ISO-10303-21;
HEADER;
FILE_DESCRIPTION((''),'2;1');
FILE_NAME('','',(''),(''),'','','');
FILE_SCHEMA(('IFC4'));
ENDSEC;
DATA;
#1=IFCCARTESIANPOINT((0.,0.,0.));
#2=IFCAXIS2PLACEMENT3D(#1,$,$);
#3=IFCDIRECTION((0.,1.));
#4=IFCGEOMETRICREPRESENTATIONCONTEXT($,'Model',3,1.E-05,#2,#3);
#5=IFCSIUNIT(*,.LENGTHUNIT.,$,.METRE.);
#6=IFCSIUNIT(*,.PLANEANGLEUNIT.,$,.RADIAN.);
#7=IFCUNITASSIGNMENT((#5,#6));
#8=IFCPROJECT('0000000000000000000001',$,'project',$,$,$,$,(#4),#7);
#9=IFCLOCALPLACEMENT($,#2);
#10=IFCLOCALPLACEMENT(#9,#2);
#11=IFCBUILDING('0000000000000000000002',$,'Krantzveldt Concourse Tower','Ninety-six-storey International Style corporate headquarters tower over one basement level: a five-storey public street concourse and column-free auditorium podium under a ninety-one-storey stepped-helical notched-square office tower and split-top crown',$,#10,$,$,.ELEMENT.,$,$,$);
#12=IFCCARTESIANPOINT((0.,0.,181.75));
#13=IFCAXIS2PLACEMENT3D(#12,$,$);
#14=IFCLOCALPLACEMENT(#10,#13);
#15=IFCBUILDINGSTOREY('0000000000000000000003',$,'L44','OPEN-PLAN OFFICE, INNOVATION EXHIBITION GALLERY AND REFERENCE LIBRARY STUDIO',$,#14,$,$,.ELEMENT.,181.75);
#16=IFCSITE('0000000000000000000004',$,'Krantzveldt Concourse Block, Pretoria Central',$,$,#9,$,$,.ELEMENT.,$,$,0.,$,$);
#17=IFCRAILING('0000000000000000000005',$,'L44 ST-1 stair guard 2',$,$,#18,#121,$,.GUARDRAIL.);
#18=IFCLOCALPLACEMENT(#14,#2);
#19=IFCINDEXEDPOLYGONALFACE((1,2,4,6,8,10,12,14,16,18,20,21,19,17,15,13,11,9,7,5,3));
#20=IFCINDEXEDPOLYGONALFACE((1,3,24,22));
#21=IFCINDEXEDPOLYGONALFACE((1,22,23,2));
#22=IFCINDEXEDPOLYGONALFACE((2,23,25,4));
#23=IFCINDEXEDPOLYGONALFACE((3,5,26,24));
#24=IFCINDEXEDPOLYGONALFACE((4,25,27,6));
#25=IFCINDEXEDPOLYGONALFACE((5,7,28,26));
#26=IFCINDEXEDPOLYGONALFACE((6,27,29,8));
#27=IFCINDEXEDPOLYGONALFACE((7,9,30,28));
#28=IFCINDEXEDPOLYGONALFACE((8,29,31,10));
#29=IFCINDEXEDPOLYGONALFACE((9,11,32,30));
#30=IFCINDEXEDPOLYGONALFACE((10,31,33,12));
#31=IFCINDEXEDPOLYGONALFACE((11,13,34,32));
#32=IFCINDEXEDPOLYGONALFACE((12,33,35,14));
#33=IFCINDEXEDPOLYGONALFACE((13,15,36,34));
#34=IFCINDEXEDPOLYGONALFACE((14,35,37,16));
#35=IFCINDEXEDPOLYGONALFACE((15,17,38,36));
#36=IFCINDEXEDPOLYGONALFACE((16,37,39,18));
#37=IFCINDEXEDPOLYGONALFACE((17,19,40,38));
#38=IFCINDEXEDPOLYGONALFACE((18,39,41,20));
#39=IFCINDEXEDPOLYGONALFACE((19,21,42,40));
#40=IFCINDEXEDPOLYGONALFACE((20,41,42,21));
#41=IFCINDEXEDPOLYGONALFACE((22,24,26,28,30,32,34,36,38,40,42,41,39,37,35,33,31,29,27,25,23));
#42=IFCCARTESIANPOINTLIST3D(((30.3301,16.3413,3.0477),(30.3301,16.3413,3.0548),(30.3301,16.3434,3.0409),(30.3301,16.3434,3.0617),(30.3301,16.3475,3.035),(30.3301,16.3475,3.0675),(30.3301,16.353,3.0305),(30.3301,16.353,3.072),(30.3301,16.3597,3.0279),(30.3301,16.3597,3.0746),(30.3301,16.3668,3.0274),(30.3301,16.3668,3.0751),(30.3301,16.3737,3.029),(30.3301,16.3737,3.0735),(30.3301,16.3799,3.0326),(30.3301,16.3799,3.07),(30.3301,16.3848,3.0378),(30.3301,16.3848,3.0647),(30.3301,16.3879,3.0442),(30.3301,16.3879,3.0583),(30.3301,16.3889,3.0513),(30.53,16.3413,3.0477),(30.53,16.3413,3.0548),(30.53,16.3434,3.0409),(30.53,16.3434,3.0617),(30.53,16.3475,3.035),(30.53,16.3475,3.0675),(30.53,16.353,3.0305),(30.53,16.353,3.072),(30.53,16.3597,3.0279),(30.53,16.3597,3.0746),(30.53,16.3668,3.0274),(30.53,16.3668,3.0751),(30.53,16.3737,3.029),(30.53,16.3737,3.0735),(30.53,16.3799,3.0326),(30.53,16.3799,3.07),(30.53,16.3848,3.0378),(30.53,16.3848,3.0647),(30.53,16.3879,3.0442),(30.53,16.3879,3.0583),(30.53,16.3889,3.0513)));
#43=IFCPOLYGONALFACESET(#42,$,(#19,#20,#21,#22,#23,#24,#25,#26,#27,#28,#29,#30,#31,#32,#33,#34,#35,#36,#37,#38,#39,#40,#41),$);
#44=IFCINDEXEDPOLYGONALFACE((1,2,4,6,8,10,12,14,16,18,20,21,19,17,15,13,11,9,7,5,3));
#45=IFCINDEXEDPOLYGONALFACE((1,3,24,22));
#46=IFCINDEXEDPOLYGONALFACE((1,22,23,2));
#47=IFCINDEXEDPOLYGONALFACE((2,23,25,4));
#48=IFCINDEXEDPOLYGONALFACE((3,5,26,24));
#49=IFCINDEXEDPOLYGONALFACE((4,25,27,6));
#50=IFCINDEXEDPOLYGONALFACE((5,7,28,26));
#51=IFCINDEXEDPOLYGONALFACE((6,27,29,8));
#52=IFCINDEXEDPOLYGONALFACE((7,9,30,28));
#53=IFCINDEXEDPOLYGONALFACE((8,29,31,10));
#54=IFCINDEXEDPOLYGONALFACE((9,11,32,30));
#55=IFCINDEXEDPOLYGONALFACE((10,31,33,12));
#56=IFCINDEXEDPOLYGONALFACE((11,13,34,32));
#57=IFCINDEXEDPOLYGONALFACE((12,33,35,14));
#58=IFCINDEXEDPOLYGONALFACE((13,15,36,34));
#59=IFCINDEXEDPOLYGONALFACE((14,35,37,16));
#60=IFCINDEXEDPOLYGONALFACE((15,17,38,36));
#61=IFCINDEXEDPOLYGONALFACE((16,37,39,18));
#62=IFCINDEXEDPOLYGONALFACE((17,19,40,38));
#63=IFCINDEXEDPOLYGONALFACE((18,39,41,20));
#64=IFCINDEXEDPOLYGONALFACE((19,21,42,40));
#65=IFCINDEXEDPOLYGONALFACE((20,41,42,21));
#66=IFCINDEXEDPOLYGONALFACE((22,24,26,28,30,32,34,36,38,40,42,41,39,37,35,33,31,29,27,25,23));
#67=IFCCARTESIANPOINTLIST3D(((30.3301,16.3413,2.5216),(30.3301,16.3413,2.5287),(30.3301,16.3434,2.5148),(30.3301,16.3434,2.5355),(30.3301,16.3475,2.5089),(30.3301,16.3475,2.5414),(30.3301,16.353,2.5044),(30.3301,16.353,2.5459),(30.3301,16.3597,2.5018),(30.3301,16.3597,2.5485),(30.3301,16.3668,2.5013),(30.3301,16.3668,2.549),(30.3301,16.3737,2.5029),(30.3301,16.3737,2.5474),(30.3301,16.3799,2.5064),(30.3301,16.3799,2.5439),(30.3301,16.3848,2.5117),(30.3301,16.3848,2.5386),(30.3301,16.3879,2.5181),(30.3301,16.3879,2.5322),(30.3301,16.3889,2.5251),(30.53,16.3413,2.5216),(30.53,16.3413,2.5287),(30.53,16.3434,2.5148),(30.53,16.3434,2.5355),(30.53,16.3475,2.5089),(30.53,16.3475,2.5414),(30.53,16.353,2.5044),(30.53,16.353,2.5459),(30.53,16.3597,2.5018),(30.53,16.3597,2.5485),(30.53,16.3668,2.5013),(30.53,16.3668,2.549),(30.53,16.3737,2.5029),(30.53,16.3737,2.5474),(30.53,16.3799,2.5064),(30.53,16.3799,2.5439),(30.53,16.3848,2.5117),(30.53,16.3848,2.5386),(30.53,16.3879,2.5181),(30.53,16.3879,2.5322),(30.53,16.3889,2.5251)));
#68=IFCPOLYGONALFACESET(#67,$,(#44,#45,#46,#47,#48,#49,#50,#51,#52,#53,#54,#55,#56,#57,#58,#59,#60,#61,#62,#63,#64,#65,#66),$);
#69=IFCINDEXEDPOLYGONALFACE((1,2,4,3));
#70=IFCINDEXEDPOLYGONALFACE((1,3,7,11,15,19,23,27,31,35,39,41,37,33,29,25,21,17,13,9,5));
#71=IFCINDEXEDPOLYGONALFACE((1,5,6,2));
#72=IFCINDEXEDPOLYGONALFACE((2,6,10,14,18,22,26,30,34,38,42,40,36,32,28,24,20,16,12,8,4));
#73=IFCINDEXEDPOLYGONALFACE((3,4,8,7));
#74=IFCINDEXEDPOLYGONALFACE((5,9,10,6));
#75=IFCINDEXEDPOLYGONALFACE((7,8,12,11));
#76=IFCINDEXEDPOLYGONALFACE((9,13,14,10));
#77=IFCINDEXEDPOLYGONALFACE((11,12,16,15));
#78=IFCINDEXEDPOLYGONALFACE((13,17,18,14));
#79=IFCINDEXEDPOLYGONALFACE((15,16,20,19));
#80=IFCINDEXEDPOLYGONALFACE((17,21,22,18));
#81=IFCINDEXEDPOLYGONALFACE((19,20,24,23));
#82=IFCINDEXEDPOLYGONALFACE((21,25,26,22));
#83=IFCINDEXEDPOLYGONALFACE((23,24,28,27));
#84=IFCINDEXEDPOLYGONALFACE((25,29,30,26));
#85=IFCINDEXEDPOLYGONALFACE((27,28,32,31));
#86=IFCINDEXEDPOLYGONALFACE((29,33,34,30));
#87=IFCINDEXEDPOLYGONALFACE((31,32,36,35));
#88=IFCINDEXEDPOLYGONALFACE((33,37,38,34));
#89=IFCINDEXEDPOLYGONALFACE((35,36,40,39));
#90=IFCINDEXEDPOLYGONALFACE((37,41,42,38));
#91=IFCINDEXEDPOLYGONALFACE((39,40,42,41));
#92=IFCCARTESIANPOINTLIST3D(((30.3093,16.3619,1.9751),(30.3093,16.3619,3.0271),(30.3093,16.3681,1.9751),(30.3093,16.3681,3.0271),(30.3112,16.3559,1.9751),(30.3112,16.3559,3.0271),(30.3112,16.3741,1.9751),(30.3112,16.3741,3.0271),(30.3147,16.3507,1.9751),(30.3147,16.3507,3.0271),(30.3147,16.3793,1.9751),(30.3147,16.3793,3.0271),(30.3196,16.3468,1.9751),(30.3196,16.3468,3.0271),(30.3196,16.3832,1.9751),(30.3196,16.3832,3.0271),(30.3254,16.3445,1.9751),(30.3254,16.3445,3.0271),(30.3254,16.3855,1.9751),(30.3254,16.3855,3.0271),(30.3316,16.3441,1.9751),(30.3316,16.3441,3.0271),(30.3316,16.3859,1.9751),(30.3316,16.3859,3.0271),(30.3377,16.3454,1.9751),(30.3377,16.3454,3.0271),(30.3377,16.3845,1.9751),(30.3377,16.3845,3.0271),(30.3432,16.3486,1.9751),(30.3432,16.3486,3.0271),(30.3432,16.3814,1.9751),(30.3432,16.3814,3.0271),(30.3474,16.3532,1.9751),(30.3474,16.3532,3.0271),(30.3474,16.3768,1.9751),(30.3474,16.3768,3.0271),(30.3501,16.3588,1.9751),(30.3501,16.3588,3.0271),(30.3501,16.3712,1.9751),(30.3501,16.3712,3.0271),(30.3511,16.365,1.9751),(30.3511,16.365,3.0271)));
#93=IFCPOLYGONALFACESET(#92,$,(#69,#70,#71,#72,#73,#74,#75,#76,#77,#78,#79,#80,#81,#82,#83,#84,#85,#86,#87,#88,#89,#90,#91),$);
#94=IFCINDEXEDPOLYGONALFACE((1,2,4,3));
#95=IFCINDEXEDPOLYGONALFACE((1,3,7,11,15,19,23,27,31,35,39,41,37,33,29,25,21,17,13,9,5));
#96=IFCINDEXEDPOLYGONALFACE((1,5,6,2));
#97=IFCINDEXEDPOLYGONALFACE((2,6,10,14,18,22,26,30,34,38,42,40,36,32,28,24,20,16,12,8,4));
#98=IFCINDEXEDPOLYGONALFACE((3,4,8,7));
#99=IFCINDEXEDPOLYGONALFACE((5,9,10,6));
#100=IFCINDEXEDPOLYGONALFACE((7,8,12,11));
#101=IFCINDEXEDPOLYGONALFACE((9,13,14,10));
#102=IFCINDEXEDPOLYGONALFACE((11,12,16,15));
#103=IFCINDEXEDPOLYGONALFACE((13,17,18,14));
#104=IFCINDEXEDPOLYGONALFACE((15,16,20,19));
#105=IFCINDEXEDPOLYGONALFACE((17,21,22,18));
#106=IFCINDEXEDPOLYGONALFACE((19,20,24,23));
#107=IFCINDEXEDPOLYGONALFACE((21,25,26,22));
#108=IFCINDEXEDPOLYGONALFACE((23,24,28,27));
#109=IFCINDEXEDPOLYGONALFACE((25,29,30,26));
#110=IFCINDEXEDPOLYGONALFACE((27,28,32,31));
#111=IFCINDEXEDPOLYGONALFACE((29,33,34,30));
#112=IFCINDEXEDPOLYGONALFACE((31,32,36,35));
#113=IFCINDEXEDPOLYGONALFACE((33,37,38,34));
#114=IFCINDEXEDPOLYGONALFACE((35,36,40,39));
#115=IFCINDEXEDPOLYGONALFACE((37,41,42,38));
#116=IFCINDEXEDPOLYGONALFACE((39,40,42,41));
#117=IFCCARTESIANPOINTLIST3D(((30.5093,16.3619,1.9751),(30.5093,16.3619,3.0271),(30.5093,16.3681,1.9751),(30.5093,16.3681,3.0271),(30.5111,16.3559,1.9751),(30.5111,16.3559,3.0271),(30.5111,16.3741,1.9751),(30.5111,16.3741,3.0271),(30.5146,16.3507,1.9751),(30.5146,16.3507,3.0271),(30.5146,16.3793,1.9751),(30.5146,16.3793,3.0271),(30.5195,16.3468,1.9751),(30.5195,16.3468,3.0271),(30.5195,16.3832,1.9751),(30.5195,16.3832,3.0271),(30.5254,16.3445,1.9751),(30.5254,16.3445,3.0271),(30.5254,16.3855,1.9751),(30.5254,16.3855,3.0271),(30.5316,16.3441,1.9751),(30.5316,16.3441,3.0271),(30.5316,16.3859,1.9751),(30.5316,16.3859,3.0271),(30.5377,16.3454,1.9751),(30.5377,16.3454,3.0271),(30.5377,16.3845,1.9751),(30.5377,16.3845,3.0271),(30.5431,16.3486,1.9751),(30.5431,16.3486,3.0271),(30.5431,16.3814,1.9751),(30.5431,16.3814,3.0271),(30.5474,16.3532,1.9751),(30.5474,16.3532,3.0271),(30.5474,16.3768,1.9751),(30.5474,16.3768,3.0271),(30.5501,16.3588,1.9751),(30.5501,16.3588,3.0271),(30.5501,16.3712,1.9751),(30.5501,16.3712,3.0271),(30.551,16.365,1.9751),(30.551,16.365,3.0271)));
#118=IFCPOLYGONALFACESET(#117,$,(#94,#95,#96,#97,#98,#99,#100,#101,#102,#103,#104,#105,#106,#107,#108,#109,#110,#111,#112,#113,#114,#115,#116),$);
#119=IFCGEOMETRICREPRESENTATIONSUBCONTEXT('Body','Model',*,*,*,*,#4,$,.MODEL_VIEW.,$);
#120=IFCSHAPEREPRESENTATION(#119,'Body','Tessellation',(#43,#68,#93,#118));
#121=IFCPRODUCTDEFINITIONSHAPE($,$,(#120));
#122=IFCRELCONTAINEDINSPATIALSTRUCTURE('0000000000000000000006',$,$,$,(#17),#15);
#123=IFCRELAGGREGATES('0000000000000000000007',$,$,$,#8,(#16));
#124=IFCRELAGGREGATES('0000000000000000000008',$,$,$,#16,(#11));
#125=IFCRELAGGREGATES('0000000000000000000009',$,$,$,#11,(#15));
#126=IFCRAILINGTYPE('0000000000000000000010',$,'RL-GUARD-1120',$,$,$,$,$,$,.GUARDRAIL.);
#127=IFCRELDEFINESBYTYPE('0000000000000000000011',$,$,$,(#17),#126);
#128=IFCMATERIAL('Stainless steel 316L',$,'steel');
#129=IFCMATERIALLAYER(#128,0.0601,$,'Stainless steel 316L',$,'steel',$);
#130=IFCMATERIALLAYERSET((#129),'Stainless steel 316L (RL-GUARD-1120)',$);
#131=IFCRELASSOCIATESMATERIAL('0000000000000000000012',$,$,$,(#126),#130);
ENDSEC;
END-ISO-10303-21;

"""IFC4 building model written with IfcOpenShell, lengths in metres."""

from ifc_helpers import new_model, si_unit, direction, frame, origin, origin_2d, place, context, subcontext, project, spatial, circle, extrude, material, layer, layer_set, type_object, element, save


model = new_model("IFC4")

# Units and contexts
model_context = context("Model", 3, precision=1e-05, world=origin(), true_north=direction((0.0, 1.0)))
body_context = subcontext(model_context, "Body", "Model", "MODEL_VIEW")
ifc_project = project(units=[si_unit("LENGTHUNIT", "METRE"), si_unit("PLANEANGLEUNIT", "RADIAN")], contexts=[model_context])

# Site, building, storey
site_placement = place(None, origin())
site = spatial("IfcSite", under=ifc_project, at=site_placement, Name="Krantzveldt Concourse Block, Pretoria Central", CompositionType="ELEMENT", RefElevation=0.0)
building_placement = place(site_placement, origin())
building = spatial("IfcBuilding", under=site, at=building_placement, Name="Krantzveldt Concourse Tower", Description="Ninety-six-storey International Style corporate headquarters tower over one basement level: a five-storey public street concourse and column-free auditorium podium under a ninety-one-storey stepped-helical notched-square office tower and split-top crown", CompositionType="ELEMENT")
storey_placement = place(building_placement, frame((0.0, 0.0, 181.75)))
storey = spatial("IfcBuildingStorey", under=building, at=storey_placement, Name="L44", Description="OPEN-PLAN OFFICE, INNOVATION EXHIBITION GALLERY AND REFERENCE LIBRARY STUDIO", CompositionType="ELEMENT", Elevation=181.75)

# Shared definitions
ifc_material_1 = material(Name="Stainless steel 316L", Category="steel")

# Railing
ifc_layer_1 = layer(ifc_material_1, 0.0601, Name="Stainless steel 316L", Category="steel")
ifc_layer_set_1 = layer_set([ifc_layer_1], Name="Stainless steel 316L (RL-GUARD-1120)")
railing_type_1 = type_object("IfcRailingType", Name="RL-GUARD-1120", PredefinedType="GUARDRAIL", material=ifc_layer_set_1)
railing_1_placement = place(storey_placement, frame((30.3301, 16.365, 1.9751)))
element("IfcRailing", 1, at=railing_1_placement, inside=storey, type_object=railing_type_1, Name="L44 ST-1 stair guard 2", PredefinedType="GUARDRAIL", context=body_context, shape_type="SweptSolid", body=[
    extrude(circle(Radius=0.0239, at=origin_2d()), frame((0.0, 0.0, 1.0762), z_axis=(1.0, 0.0, 0.0), x_axis=(0.0, 1.0, 0.0)), (0.0, 0.0, 1.0), 0.2),
    extrude(circle(Radius=0.0239, at=origin_2d()), frame((0.0, 0.0, 0.55), z_axis=(1.0, 0.0, 0.0), x_axis=(0.0, 1.0, 0.0)), (0.0, 0.0, 1.0), 0.2),
    extrude(circle(Radius=0.021, at=origin_2d()), origin(), (0.0, 0.0, 1.0), 1.052),
    extrude(circle(Radius=0.021, at=origin_2d()), frame((0.2, 0.0, 0.0)), (0.0, 0.0, 1.0), 1.052),
])

save(model, "model.ifc")
